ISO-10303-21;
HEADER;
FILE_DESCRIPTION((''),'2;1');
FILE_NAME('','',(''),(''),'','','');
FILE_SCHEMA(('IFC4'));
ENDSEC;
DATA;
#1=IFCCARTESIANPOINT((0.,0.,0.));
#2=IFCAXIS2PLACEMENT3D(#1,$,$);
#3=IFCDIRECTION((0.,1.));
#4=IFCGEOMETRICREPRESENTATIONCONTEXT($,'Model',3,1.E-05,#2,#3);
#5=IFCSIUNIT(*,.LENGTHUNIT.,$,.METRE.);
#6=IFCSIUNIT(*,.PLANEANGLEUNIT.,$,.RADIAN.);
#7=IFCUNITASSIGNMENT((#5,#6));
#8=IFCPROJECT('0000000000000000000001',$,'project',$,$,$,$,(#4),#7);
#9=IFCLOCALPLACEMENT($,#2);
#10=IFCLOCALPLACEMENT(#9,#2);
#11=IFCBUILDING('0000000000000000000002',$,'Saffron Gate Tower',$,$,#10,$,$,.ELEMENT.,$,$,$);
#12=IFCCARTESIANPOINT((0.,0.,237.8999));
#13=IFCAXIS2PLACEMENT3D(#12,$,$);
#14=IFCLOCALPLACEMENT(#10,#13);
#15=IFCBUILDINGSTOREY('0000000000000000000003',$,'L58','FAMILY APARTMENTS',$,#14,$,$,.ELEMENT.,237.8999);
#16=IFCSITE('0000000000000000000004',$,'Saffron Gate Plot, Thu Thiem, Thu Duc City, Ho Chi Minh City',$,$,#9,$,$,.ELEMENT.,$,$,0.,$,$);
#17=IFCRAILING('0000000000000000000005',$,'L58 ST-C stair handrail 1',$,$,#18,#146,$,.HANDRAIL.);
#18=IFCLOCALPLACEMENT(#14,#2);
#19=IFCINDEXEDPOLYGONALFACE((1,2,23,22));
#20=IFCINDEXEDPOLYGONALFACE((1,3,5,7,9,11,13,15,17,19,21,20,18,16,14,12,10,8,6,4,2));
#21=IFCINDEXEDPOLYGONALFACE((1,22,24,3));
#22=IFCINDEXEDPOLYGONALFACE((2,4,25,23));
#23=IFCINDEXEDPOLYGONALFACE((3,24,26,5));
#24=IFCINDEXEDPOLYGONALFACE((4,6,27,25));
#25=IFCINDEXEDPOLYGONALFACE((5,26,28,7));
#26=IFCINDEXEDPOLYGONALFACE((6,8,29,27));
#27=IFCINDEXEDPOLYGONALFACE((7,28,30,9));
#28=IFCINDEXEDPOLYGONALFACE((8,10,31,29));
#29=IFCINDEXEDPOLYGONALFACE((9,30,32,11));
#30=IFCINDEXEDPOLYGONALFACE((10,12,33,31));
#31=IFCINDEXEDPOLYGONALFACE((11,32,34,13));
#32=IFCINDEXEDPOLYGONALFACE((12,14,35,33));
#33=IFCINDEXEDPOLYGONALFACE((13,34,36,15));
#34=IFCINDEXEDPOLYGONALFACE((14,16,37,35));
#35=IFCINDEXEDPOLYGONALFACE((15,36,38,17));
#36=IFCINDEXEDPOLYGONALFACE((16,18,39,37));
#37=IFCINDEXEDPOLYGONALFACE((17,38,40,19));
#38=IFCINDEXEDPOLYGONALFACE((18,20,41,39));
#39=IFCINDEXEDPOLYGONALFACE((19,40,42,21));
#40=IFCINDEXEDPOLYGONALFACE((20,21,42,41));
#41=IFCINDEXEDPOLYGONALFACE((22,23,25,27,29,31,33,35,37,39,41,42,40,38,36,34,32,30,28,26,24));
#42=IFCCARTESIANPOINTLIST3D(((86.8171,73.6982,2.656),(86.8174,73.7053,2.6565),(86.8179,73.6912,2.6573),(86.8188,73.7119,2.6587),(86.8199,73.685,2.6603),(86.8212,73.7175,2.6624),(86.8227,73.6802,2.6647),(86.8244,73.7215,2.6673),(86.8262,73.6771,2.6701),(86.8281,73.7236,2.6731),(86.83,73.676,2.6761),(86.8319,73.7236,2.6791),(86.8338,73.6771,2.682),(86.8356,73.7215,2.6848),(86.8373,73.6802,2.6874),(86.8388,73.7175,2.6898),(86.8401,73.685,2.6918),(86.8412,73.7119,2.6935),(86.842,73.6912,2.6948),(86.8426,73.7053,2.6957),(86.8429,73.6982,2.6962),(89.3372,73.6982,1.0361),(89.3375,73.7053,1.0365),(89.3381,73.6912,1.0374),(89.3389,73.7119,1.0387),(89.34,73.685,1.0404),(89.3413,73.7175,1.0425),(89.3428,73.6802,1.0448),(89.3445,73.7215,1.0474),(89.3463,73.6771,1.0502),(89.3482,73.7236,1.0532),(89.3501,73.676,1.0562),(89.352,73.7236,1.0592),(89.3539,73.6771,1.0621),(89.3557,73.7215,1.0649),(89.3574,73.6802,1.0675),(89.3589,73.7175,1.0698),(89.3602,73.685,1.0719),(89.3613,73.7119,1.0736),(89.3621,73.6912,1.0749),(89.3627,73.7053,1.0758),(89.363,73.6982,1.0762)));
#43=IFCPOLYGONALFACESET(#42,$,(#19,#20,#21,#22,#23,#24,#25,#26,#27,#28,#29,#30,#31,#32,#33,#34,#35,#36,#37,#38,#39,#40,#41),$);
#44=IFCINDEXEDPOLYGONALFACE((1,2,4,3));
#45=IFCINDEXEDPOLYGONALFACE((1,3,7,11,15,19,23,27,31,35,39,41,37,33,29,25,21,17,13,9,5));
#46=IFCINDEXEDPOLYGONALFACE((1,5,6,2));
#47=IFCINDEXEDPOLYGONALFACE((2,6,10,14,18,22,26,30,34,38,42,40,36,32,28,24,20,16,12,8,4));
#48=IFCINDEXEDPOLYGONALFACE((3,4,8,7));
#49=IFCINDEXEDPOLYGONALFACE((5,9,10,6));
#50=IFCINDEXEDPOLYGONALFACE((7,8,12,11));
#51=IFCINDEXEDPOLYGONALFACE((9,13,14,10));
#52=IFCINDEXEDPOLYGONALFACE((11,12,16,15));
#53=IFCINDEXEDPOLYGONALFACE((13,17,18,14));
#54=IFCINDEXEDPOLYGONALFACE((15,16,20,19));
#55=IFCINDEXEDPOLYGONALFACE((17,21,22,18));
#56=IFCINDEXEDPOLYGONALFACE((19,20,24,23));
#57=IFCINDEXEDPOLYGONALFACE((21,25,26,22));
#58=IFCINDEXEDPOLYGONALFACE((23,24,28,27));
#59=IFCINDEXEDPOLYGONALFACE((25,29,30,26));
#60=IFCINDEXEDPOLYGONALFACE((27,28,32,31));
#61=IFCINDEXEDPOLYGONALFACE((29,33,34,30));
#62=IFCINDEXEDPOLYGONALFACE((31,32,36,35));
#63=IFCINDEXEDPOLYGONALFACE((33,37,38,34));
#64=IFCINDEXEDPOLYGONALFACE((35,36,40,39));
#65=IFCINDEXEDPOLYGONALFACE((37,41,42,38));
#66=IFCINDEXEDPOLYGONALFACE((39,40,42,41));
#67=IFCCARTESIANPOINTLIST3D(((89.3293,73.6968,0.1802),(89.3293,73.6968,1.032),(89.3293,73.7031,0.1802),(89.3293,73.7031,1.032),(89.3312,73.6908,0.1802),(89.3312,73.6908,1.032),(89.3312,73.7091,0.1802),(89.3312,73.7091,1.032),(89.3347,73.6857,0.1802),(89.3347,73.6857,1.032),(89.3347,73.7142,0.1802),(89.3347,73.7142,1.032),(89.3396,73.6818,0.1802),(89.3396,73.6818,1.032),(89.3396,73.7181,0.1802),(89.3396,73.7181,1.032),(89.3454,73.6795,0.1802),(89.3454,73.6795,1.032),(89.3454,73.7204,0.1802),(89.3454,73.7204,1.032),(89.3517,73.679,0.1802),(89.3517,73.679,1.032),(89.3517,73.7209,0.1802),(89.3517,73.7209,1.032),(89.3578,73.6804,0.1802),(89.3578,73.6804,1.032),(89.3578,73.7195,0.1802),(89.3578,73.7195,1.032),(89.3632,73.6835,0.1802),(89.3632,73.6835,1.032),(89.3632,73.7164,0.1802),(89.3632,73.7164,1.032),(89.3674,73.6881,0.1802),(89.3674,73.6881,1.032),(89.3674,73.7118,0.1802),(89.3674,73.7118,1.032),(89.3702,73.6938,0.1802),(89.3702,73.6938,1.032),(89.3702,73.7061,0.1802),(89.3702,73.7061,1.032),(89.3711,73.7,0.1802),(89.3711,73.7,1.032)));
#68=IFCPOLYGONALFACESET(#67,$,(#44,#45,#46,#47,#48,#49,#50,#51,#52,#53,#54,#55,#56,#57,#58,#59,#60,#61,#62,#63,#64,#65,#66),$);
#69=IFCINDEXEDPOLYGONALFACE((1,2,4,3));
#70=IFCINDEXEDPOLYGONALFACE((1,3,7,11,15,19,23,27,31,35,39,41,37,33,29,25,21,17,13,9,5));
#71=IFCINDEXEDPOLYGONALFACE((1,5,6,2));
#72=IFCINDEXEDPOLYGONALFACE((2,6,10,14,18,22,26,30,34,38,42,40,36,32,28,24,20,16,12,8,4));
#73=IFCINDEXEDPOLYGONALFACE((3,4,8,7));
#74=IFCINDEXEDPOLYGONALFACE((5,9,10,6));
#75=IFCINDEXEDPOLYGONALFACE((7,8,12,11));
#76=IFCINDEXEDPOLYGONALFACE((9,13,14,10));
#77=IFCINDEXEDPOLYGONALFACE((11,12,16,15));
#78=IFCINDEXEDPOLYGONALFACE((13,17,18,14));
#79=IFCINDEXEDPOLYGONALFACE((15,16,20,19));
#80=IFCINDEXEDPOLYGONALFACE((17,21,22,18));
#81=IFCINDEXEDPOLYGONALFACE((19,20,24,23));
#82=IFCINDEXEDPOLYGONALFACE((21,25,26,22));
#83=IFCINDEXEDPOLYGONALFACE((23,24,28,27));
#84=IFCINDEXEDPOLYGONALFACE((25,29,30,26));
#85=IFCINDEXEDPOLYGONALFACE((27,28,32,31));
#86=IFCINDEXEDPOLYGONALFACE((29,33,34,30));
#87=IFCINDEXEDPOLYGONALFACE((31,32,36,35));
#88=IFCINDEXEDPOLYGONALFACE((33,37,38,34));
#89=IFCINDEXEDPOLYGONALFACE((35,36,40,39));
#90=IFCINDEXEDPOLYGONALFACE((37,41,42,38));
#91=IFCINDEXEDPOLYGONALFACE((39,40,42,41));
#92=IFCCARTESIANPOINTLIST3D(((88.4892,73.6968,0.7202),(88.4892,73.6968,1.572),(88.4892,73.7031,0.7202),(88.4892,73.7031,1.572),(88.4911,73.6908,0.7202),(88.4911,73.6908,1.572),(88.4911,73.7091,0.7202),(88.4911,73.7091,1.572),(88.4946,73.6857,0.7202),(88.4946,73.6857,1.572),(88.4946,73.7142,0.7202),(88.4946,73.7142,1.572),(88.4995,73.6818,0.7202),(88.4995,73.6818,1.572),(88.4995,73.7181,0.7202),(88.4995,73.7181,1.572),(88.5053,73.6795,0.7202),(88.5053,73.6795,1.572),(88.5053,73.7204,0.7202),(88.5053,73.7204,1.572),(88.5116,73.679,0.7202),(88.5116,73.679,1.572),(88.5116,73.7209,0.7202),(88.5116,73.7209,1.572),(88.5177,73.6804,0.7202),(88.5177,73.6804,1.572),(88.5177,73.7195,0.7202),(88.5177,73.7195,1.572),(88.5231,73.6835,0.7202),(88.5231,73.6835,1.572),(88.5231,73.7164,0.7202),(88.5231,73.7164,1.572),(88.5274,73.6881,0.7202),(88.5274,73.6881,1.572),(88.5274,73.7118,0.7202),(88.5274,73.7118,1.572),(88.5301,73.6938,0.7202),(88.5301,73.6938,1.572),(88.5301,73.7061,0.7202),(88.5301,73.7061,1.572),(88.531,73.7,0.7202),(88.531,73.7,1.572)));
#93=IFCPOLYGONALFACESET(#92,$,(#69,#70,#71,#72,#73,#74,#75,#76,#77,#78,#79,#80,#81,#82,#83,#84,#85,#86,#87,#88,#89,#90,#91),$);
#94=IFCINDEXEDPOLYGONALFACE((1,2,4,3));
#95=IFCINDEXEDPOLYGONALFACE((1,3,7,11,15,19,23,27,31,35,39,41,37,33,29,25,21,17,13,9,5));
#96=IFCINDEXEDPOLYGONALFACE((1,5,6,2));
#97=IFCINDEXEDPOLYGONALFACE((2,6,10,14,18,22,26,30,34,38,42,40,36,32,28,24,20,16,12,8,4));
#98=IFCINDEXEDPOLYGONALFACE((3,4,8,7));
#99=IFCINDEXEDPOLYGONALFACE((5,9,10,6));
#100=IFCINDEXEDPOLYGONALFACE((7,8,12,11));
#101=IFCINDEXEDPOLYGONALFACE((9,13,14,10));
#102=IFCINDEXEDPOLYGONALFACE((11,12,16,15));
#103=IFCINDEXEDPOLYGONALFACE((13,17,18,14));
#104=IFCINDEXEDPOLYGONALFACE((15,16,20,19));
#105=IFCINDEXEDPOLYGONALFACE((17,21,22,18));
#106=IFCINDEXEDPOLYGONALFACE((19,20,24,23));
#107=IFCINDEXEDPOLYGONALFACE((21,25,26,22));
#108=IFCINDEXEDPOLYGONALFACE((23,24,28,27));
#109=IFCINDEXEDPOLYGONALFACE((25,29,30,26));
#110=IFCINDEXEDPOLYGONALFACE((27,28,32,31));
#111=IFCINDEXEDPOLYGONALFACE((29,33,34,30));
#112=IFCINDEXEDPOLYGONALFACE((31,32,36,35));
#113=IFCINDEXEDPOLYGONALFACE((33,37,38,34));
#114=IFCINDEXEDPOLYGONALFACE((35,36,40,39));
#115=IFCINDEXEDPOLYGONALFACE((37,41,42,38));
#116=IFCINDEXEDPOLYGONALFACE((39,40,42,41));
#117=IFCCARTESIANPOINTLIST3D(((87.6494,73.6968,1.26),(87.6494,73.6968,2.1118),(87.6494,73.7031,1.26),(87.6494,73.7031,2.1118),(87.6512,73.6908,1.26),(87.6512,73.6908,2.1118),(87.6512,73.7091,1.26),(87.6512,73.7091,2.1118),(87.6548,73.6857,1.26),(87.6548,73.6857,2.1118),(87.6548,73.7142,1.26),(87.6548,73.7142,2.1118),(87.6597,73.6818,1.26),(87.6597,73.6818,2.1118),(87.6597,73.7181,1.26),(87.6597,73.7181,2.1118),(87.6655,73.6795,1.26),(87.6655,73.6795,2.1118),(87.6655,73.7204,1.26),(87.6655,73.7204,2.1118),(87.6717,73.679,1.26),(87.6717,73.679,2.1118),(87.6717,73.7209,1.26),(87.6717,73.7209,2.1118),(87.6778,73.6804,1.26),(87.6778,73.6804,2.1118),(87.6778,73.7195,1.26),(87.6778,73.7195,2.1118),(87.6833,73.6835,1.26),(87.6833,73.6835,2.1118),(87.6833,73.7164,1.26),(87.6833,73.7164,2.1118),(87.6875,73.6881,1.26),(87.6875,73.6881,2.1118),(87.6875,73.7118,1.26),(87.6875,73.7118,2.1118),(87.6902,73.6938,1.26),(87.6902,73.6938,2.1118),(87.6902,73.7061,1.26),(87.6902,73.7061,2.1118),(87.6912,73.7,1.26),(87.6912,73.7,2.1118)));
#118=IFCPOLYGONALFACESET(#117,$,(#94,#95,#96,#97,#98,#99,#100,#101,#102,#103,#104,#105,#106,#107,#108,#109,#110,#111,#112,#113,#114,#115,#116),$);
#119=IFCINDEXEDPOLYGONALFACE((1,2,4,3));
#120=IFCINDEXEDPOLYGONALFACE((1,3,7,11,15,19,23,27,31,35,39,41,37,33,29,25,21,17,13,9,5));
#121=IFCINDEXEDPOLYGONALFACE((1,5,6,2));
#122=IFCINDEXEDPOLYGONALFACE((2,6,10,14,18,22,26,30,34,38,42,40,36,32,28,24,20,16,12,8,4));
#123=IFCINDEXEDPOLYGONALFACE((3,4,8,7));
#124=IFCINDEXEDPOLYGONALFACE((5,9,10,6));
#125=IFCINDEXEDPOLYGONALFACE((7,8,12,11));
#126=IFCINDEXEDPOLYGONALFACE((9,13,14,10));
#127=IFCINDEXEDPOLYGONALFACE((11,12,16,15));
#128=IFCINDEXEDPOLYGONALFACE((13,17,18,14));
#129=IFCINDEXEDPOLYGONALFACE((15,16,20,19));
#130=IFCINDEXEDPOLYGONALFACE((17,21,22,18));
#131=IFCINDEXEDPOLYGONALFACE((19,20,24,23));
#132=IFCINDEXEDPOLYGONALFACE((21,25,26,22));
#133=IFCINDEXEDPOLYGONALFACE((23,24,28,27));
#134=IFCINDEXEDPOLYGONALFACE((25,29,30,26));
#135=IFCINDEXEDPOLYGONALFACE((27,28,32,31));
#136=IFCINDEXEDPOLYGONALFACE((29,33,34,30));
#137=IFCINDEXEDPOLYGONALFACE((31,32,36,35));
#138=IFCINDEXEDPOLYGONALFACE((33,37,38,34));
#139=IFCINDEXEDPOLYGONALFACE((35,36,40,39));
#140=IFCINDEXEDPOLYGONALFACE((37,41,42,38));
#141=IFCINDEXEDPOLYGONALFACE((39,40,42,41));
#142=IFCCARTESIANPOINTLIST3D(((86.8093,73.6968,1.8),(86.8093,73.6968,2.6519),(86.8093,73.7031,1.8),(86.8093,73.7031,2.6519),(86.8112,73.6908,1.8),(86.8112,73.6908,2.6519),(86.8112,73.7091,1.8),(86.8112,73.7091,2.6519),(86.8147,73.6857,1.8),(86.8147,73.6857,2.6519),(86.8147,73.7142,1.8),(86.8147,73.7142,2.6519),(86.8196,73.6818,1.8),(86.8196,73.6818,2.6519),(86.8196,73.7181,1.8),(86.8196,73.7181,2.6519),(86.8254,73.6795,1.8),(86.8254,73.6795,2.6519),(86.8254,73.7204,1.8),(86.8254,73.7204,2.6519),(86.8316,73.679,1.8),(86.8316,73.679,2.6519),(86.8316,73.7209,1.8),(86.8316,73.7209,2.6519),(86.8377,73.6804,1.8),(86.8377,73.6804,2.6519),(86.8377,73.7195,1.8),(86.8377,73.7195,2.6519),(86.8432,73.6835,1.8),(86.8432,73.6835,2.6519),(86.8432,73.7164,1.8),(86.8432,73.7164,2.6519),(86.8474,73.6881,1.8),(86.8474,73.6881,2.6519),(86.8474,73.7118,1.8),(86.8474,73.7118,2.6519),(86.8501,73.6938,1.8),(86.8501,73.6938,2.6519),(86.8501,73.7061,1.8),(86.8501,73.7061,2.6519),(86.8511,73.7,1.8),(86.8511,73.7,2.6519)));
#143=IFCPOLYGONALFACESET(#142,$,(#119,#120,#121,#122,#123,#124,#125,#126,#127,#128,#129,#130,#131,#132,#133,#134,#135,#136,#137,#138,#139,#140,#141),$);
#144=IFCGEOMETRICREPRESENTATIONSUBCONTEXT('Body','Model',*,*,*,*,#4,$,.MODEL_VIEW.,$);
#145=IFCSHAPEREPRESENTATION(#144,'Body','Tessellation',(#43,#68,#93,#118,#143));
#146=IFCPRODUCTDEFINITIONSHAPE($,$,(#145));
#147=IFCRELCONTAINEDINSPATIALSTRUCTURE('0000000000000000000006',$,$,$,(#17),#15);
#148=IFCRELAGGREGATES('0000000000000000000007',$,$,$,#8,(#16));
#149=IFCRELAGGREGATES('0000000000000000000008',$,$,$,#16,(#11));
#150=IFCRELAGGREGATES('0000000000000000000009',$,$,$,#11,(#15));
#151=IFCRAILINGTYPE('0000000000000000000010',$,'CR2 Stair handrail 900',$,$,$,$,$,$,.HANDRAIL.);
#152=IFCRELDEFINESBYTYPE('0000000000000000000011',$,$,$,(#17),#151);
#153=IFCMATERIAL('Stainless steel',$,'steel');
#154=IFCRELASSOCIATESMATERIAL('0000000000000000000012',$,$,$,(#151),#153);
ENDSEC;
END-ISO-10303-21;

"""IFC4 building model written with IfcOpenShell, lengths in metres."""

from ifc_helpers import new_model, si_unit, direction, frame, origin, origin_2d, place, context, subcontext, project, spatial, circle, extrude, material, type_object, element, save


model = new_model("IFC4")

# Units and contexts
model_context = context("Model", 3, precision=1e-05, world=origin(), true_north=direction((0.0, 1.0)))
body_context = subcontext(model_context, "Body", "Model", "MODEL_VIEW")
ifc_project = project(units=[si_unit("LENGTHUNIT", "METRE"), si_unit("PLANEANGLEUNIT", "RADIAN")], contexts=[model_context])

# Site, building, storey
site_placement = place(None, origin())
site = spatial("IfcSite", under=ifc_project, at=site_placement, Name="Saffron Gate Plot, Thu Thiem, Thu Duc City, Ho Chi Minh City", CompositionType="ELEMENT", RefElevation=0.0)
building_placement = place(site_placement, origin())
building = spatial("IfcBuilding", under=site, at=building_placement, Name="Saffron Gate Tower", CompositionType="ELEMENT")
storey_placement = place(building_placement, frame((0.0, 0.0, 237.8999)))
storey = spatial("IfcBuildingStorey", under=building, at=storey_placement, Name="L58", Description="FAMILY APARTMENTS", CompositionType="ELEMENT", Elevation=237.8999)

# Railing
ifc_material_1 = material(Name="Stainless steel", Category="steel")
railing_type_1 = type_object("IfcRailingType", Name="CR2 Stair handrail 900", PredefinedType="HANDRAIL", material=ifc_material_1)
railing_1_placement = place(storey_placement, frame((89.3501, 73.7, 0.1802)))
element("IfcRailing", 1, at=railing_1_placement, inside=storey, type_object=railing_type_1, Name="L58 ST-C stair handrail 1", PredefinedType="HANDRAIL", context=body_context, shape_type="SweptSolid", body=[
    extrude(circle(Radius=0.0239, at=origin_2d()), frame((0.0, 0.0, 0.876), z_axis=(-0.8412, 0.0, 0.540725), x_axis=(0.0, -1.0, 0.0)), (0.0, 0.0, 1.0), 2.9958),
    extrude(circle(Radius=0.021, at=origin_2d()), origin(), (0.0, 0.0, 1.0), 0.8518),
    extrude(circle(Radius=0.021, at=origin_2d()), frame((-0.8401, 0.0, 0.54)), (0.0, 0.0, 1.0), 0.8518),
    extrude(circle(Radius=0.021, at=origin_2d()), frame((-1.6799, 0.0, 1.0798)), (0.0, 0.0, 1.0), 0.8518),
    extrude(circle(Radius=0.021, at=origin_2d()), frame((-2.52, 0.0, 1.6199)), (0.0, 0.0, 1.0), 0.8518),
])

save(model, "model.ifc")
